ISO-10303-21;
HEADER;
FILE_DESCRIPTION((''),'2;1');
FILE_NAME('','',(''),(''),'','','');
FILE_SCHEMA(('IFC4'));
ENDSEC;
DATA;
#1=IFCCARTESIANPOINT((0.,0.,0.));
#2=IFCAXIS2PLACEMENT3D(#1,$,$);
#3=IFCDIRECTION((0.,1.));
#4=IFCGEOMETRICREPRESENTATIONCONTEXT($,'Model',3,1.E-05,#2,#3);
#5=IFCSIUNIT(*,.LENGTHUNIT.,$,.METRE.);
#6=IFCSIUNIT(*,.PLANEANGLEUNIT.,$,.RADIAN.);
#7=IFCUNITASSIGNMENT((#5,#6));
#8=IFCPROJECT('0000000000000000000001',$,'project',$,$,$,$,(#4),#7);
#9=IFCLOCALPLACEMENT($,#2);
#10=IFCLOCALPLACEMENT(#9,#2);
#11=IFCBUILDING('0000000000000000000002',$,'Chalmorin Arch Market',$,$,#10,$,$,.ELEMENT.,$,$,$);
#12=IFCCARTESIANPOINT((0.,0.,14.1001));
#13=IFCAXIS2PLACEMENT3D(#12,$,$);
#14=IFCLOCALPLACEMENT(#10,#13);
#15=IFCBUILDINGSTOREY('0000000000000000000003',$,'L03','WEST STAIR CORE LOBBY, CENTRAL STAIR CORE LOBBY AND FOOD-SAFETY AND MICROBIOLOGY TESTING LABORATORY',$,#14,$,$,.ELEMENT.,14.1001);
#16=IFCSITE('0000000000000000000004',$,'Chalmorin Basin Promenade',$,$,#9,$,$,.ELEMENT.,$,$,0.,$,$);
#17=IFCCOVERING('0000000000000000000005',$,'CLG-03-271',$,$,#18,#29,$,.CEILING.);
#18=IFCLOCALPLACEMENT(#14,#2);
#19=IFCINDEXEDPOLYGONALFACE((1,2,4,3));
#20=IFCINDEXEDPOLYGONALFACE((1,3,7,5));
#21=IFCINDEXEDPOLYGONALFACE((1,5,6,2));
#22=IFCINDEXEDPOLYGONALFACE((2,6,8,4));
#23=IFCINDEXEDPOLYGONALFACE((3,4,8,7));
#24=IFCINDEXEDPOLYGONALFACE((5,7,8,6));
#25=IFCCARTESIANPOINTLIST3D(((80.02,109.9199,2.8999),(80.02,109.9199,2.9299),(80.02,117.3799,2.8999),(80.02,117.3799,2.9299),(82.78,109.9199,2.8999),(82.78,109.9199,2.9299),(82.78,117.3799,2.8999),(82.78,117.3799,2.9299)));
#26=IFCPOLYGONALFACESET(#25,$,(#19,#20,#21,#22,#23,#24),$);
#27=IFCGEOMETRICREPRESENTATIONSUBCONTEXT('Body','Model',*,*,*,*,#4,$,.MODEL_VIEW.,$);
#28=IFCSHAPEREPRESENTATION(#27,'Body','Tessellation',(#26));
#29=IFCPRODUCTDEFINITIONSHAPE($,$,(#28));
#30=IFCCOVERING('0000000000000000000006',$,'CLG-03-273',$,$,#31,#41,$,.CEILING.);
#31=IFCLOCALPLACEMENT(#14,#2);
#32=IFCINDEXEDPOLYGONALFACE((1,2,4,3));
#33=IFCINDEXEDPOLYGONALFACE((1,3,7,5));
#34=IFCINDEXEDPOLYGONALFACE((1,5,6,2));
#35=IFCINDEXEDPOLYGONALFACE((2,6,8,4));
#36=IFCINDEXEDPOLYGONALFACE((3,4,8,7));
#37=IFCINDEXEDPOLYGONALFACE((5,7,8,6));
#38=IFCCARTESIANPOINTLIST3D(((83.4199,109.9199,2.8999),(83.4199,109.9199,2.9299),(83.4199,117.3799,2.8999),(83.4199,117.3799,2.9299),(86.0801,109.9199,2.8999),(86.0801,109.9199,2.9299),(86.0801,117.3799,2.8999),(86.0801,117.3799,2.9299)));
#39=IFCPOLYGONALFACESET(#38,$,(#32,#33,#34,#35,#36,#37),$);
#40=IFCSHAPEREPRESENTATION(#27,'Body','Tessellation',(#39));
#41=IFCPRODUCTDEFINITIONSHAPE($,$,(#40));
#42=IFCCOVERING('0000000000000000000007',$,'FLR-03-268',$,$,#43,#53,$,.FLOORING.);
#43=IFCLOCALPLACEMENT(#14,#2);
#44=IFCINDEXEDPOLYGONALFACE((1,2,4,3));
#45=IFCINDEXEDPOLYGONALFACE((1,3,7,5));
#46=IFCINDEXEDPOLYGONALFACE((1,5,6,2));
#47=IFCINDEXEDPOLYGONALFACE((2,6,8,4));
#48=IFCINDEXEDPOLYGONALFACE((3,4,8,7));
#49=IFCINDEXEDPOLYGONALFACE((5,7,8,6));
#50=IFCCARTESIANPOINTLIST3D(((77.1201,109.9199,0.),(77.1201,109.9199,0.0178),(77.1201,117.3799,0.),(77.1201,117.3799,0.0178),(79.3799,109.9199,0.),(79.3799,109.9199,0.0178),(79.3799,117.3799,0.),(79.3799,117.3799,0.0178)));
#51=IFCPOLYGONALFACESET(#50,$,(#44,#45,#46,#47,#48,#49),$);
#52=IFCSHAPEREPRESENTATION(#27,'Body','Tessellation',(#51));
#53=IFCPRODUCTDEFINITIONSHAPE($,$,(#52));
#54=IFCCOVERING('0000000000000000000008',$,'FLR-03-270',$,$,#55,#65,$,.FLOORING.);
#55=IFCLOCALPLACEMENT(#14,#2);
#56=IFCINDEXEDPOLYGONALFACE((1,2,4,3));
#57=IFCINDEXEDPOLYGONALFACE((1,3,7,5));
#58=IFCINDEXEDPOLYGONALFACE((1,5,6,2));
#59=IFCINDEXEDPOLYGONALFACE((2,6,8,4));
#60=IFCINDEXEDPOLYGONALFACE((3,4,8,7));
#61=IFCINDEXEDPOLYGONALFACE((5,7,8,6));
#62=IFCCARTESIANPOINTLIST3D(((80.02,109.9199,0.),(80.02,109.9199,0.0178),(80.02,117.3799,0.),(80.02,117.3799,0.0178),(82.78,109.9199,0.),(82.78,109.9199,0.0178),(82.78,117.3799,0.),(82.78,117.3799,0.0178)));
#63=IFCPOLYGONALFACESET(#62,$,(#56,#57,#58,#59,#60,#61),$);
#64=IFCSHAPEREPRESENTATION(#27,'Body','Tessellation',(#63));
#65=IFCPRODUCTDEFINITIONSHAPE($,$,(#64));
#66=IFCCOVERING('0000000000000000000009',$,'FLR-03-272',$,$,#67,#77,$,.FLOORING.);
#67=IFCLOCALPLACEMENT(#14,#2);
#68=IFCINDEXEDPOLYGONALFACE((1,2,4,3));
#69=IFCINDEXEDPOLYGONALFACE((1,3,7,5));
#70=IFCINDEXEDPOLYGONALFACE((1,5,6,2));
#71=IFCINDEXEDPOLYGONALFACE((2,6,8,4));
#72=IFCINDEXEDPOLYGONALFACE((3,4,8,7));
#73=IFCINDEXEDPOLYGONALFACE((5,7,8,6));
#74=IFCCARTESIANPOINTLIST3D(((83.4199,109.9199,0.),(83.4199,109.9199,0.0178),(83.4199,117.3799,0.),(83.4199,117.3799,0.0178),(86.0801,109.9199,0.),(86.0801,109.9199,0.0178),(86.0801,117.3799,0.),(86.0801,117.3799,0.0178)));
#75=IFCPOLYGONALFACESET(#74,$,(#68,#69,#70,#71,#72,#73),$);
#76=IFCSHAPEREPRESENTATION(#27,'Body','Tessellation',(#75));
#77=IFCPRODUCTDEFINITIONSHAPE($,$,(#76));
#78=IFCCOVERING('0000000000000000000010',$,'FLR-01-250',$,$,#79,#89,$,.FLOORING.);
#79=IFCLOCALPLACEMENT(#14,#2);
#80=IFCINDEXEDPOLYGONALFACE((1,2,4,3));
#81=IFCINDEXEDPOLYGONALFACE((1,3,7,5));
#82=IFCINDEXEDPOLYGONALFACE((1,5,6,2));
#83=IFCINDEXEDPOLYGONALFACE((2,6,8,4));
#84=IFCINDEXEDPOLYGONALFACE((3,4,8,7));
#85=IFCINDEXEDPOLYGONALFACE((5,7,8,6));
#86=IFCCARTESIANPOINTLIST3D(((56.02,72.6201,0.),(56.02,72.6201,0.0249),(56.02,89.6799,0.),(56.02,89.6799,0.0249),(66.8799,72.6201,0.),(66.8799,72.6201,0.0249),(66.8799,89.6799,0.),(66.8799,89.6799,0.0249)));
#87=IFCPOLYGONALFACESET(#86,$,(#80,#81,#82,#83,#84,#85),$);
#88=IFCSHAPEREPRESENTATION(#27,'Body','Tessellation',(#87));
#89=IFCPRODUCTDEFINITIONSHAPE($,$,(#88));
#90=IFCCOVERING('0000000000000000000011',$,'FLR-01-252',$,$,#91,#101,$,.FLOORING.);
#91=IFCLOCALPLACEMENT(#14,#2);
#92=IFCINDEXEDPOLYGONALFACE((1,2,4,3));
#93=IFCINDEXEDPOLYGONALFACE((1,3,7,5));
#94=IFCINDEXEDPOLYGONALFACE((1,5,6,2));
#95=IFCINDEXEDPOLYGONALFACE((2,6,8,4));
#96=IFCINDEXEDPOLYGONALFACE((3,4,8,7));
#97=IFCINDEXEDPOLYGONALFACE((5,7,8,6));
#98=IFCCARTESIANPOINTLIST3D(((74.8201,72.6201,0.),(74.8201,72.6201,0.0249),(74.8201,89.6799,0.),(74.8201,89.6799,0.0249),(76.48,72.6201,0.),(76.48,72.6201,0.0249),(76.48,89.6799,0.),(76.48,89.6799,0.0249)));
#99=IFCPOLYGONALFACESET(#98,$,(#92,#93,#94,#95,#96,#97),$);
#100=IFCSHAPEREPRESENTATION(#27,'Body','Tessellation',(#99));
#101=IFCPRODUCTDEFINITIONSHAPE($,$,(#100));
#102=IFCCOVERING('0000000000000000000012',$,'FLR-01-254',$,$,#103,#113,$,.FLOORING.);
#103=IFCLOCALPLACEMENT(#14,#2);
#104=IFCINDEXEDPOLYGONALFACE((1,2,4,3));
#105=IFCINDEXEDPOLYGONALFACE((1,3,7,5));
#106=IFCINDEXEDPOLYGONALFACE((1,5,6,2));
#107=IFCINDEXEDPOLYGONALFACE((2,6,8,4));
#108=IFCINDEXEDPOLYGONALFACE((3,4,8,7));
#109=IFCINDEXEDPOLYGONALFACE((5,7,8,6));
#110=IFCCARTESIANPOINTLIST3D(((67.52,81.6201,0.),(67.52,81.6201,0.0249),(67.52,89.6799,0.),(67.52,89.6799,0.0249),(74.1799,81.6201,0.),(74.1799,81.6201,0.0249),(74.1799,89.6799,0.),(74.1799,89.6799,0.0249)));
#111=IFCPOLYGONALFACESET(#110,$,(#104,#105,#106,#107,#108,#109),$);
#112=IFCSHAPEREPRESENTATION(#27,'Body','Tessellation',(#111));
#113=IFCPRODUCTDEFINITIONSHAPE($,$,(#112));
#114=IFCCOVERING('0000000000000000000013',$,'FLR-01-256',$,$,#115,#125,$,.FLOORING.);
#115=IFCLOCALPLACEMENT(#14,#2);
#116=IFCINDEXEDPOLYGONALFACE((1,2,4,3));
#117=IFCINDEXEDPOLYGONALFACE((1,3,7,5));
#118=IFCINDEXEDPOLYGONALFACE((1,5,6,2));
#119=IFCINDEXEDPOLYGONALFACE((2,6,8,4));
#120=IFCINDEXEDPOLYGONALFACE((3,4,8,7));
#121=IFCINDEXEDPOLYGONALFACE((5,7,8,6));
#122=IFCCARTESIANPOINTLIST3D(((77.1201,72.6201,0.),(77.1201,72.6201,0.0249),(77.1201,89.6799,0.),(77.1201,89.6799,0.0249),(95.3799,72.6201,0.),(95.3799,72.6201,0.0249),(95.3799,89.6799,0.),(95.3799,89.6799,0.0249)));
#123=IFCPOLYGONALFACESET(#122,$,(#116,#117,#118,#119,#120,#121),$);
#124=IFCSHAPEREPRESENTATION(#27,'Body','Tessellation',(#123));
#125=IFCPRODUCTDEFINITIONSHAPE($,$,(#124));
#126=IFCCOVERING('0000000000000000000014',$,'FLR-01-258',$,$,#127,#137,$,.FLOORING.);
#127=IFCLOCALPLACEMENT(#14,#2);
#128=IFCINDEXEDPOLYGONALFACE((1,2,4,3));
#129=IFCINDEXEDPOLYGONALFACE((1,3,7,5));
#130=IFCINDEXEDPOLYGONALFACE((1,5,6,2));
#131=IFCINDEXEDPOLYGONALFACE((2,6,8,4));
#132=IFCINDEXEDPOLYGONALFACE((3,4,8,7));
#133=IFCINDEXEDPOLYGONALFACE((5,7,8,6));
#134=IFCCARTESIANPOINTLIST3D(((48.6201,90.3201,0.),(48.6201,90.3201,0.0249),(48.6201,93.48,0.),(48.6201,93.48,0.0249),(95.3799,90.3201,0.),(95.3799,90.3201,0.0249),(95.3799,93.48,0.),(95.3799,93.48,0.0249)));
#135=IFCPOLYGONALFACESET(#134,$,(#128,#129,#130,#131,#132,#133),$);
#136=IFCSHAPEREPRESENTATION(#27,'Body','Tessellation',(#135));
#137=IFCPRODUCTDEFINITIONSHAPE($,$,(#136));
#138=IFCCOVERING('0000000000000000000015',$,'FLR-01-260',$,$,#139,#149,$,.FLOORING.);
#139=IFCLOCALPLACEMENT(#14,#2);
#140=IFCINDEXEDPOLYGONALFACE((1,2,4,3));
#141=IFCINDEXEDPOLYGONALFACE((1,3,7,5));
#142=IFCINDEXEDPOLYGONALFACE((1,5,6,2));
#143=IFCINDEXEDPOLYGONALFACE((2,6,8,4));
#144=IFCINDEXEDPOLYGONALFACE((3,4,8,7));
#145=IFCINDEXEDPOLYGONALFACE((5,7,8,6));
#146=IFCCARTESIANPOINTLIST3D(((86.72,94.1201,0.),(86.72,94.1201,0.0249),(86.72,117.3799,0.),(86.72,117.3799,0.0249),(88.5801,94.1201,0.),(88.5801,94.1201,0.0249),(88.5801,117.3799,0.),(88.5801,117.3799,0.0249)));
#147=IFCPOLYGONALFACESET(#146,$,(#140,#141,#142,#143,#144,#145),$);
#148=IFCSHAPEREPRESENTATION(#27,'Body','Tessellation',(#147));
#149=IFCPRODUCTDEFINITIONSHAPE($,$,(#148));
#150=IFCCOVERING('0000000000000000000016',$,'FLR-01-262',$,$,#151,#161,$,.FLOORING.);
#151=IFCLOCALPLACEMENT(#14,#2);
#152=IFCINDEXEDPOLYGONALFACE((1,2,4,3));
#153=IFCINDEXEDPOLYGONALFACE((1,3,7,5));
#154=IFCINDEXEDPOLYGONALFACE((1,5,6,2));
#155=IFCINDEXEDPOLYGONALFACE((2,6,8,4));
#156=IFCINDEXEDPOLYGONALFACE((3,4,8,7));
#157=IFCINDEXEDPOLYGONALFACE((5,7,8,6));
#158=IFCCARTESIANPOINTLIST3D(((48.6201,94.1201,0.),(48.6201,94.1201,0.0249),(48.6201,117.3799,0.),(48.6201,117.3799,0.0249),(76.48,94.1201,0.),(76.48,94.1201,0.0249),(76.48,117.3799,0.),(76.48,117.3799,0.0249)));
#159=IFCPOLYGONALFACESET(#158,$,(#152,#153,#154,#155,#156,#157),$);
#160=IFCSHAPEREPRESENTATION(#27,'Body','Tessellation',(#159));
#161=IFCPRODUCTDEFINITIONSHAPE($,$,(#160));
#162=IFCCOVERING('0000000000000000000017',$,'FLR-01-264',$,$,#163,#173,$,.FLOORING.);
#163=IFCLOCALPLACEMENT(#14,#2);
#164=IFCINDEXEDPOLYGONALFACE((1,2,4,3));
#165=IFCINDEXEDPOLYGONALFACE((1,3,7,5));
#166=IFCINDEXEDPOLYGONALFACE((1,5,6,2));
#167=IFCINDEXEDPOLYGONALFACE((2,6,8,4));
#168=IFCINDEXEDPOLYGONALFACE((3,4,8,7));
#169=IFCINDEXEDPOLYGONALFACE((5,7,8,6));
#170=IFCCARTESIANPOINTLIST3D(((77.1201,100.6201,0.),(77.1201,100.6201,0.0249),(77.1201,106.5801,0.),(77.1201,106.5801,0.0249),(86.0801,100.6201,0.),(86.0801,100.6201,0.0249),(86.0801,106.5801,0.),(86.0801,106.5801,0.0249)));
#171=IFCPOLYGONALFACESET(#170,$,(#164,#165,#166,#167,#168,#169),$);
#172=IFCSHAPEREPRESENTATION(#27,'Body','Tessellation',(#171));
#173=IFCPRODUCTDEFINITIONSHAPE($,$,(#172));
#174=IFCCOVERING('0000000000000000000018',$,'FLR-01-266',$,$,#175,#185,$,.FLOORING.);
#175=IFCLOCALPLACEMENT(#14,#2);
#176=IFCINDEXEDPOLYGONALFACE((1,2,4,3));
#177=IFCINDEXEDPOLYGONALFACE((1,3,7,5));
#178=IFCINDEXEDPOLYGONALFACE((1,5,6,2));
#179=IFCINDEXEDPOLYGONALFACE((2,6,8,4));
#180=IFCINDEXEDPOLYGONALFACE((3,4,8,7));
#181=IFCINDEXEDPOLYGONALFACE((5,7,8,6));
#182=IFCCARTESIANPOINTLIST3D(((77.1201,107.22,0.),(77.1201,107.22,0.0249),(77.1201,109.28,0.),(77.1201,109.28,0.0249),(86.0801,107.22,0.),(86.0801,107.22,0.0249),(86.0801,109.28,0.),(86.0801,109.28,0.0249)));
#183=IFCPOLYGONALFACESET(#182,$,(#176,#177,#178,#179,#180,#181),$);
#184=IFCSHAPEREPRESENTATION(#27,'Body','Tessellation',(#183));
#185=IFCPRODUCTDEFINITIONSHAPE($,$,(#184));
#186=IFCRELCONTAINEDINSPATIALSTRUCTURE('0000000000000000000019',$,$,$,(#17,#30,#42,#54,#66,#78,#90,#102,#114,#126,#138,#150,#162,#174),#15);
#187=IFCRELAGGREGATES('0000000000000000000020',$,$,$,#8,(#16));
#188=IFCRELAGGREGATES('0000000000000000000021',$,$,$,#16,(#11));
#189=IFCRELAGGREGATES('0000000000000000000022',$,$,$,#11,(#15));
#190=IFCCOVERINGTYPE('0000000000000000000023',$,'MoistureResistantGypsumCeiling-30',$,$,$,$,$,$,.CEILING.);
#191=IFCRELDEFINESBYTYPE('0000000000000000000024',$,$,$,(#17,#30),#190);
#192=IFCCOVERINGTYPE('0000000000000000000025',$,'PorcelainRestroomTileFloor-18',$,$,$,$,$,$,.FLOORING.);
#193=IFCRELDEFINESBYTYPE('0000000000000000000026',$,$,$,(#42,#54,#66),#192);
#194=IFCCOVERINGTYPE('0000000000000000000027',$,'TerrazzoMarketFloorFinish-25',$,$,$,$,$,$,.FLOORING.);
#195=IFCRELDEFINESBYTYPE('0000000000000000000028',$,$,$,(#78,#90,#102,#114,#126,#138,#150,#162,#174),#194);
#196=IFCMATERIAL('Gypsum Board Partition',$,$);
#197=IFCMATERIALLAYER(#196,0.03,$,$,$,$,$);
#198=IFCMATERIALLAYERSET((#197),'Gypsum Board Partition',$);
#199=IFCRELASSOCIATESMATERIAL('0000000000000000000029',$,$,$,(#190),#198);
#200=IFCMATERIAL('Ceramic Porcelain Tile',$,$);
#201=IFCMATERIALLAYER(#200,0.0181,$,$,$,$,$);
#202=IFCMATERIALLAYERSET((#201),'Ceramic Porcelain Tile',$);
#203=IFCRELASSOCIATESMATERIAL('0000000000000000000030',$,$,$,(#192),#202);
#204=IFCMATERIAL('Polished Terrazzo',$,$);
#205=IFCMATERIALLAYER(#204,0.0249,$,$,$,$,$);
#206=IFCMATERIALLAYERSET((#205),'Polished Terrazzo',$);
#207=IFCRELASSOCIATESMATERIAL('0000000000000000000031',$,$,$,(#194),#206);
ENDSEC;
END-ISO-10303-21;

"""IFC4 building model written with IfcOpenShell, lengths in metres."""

from ifc_helpers import new_model, si_unit, direction, frame, origin, place, context, subcontext, project, spatial, polyline, outline, extrude, material, layer, layer_set, type_object, element, save


model = new_model("IFC4")

# Units and contexts
model_context = context("Model", 3, precision=1e-05, world=origin(), true_north=direction((0.0, 1.0)))
body_context = subcontext(model_context, "Body", "Model", "MODEL_VIEW")
ifc_project = project(units=[si_unit("LENGTHUNIT", "METRE"), si_unit("PLANEANGLEUNIT", "RADIAN")], contexts=[model_context])

# Site, building, storey
site_placement = place(None, origin())
site = spatial("IfcSite", under=ifc_project, at=site_placement, Name="Chalmorin Basin Promenade", CompositionType="ELEMENT", RefElevation=0.0)
building_placement = place(site_placement, origin())
building = spatial("IfcBuilding", under=site, at=building_placement, Name="Chalmorin Arch Market", CompositionType="ELEMENT")
storey_placement = place(building_placement, frame((0.0, 0.0, 14.1001)))
storey = spatial("IfcBuildingStorey", under=building, at=storey_placement, Name="L03", Description="WEST STAIR CORE LOBBY, CENTRAL STAIR CORE LOBBY AND FOOD-SAFETY AND MICROBIOLOGY TESTING LABORATORY", CompositionType="ELEMENT", Elevation=14.1001)

# Coverings
ifc_material_1 = material(Name="Gypsum Board Partition")
ifc_layer_1 = layer(ifc_material_1, 0.03)
ifc_layer_set_1 = layer_set([ifc_layer_1], Name="Gypsum Board Partition")
covering_type_1 = type_object("IfcCoveringType", Name="MoistureResistantGypsumCeiling-30", PredefinedType="CEILING", material=ifc_layer_set_1)
covering_1_placement = place(storey_placement, frame((0.0, 0.0, 2.8999)))
element("IfcCovering", 1, at=covering_1_placement, inside=storey, type_object=covering_type_1, Name="CLG-03-271", PredefinedType="CEILING", context=body_context, shape_type="SweptSolid", body=[
    extrude(outline(polyline([(80.02, 109.9199), (82.78, 109.9199), (82.78, 117.3799), (80.02, 117.3799), (80.02, 109.9199)])), origin(), (0.0, 0.0, 1.0), 0.03),
])
covering_2_placement = place(storey_placement, frame((0.0, 0.0, 2.8999)))
element("IfcCovering", 2, at=covering_2_placement, inside=storey, type_object=covering_type_1, Name="CLG-03-273", PredefinedType="CEILING", context=body_context, shape_type="SweptSolid", body=[
    extrude(outline(polyline([(83.4199, 109.9199), (86.0801, 109.9199), (86.0801, 117.3799), (83.4199, 117.3799), (83.4199, 109.9199)])), origin(), (0.0, 0.0, 1.0), 0.03),
])
ifc_material_2 = material(Name="Ceramic Porcelain Tile")
ifc_layer_2 = layer(ifc_material_2, 0.0181)
ifc_layer_set_2 = layer_set([ifc_layer_2], Name="Ceramic Porcelain Tile")
covering_type_2 = type_object("IfcCoveringType", Name="PorcelainRestroomTileFloor-18", PredefinedType="FLOORING", material=ifc_layer_set_2)
covering_3_placement = place(storey_placement, origin())
element("IfcCovering", 3, at=covering_3_placement, inside=storey, type_object=covering_type_2, Name="FLR-03-268", PredefinedType="FLOORING", context=body_context, shape_type="SweptSolid", body=[
    extrude(outline(polyline([(77.1201, 109.9199), (79.3799, 109.9199), (79.3799, 117.3799), (77.1201, 117.3799), (77.1201, 109.9199)])), origin(), (0.0, 0.0, 1.0), 0.0178),
])
covering_4_placement = place(storey_placement, origin())
element("IfcCovering", 4, at=covering_4_placement, inside=storey, type_object=covering_type_2, Name="FLR-03-270", PredefinedType="FLOORING", context=body_context, shape_type="SweptSolid", body=[
    extrude(outline(polyline([(80.02, 109.9199), (82.78, 109.9199), (82.78, 117.3799), (80.02, 117.3799), (80.02, 109.9199)])), origin(), (0.0, 0.0, 1.0), 0.0178),
])
covering_5_placement = place(storey_placement, origin())
element("IfcCovering", 5, at=covering_5_placement, inside=storey, type_object=covering_type_2, Name="FLR-03-272", PredefinedType="FLOORING", context=body_context, shape_type="SweptSolid", body=[
    extrude(outline(polyline([(83.4199, 109.9199), (86.0801, 109.9199), (86.0801, 117.3799), (83.4199, 117.3799), (83.4199, 109.9199)])), origin(), (0.0, 0.0, 1.0), 0.0178),
])
ifc_material_3 = material(Name="Polished Terrazzo")
ifc_layer_3 = layer(ifc_material_3, 0.0249)
ifc_layer_set_3 = layer_set([ifc_layer_3], Name="Polished Terrazzo")
covering_type_3 = type_object("IfcCoveringType", Name="TerrazzoMarketFloorFinish-25", PredefinedType="FLOORING", material=ifc_layer_set_3)
covering_6_placement = place(storey_placement, origin())
element("IfcCovering", 6, at=covering_6_placement, inside=storey, type_object=covering_type_3, Name="FLR-01-250", PredefinedType="FLOORING", context=body_context, shape_type="SweptSolid", body=[
    extrude(outline(polyline([(56.02, 72.6201), (66.8799, 72.6201), (66.8799, 89.6799), (56.02, 89.6799), (56.02, 72.6201)])), origin(), (0.0, 0.0, 1.0), 0.0249),
])
covering_7_placement = place(storey_placement, origin())
element("IfcCovering", 7, at=covering_7_placement, inside=storey, type_object=covering_type_3, Name="FLR-01-252", PredefinedType="FLOORING", context=body_context, shape_type="SweptSolid", body=[
    extrude(outline(polyline([(74.8201, 72.6201), (76.48, 72.6201), (76.48, 89.6799), (74.8201, 89.6799), (74.8201, 72.6201)])), origin(), (0.0, 0.0, 1.0), 0.0249),
])
covering_8_placement = place(storey_placement, origin())
element("IfcCovering", 8, at=covering_8_placement, inside=storey, type_object=covering_type_3, Name="FLR-01-254", PredefinedType="FLOORING", context=body_context, shape_type="SweptSolid", body=[
    extrude(outline(polyline([(67.52, 81.6201), (74.1799, 81.6201), (74.1799, 89.6799), (67.52, 89.6799), (67.52, 81.6201)])), origin(), (0.0, 0.0, 1.0), 0.0249),
])
covering_9_placement = place(storey_placement, origin())
element("IfcCovering", 9, at=covering_9_placement, inside=storey, type_object=covering_type_3, Name="FLR-01-256", PredefinedType="FLOORING", context=body_context, shape_type="SweptSolid", body=[
    extrude(outline(polyline([(77.1201, 72.6201), (95.3799, 72.6201), (95.3799, 89.6799), (77.1201, 89.6799), (77.1201, 72.6201)])), origin(), (0.0, 0.0, 1.0), 0.0249),
])
covering_10_placement = place(storey_placement, origin())
element("IfcCovering", 10, at=covering_10_placement, inside=storey, type_object=covering_type_3, Name="FLR-01-258", PredefinedType="FLOORING", context=body_context, shape_type="SweptSolid", body=[
    extrude(outline(polyline([(48.6201, 90.3201), (95.3799, 90.3201), (95.3799, 93.48), (48.6201, 93.48), (48.6201, 90.3201)])), origin(), (0.0, 0.0, 1.0), 0.0249),
])
covering_11_placement = place(storey_placement, origin())
element("IfcCovering", 11, at=covering_11_placement, inside=storey, type_object=covering_type_3, Name="FLR-01-260", PredefinedType="FLOORING", context=body_context, shape_type="SweptSolid", body=[
    extrude(outline(polyline([(86.72, 94.1201), (88.5801, 94.1201), (88.5801, 117.3799), (86.72, 117.3799), (86.72, 94.1201)])), origin(), (0.0, 0.0, 1.0), 0.0249),
])
covering_12_placement = place(storey_placement, origin())
element("IfcCovering", 12, at=covering_12_placement, inside=storey, type_object=covering_type_3, Name="FLR-01-262", PredefinedType="FLOORING", context=body_context, shape_type="SweptSolid", body=[
    extrude(outline(polyline([(48.6201, 94.1201), (76.48, 94.1201), (76.48, 117.3799), (48.6201, 117.3799), (48.6201, 94.1201)])), origin(), (0.0, 0.0, 1.0), 0.0249),
])
covering_13_placement = place(storey_placement, origin())
element("IfcCovering", 13, at=covering_13_placement, inside=storey, type_object=covering_type_3, Name="FLR-01-264", PredefinedType="FLOORING", context=body_context, shape_type="SweptSolid", body=[
    extrude(outline(polyline([(77.1201, 100.6201), (86.0801, 100.6201), (86.0801, 106.5801), (77.1201, 106.5801), (77.1201, 100.6201)])), origin(), (0.0, 0.0, 1.0), 0.0249),
])
covering_14_placement = place(storey_placement, origin())
element("IfcCovering", 14, at=covering_14_placement, inside=storey, type_object=covering_type_3, Name="FLR-01-266", PredefinedType="FLOORING", context=body_context, shape_type="SweptSolid", body=[
    extrude(outline(polyline([(77.1201, 107.22), (86.0801, 107.22), (86.0801, 109.28), (77.1201, 109.28), (77.1201, 107.22)])), origin(), (0.0, 0.0, 1.0), 0.0249),
])

save(model, "model.ifc")
